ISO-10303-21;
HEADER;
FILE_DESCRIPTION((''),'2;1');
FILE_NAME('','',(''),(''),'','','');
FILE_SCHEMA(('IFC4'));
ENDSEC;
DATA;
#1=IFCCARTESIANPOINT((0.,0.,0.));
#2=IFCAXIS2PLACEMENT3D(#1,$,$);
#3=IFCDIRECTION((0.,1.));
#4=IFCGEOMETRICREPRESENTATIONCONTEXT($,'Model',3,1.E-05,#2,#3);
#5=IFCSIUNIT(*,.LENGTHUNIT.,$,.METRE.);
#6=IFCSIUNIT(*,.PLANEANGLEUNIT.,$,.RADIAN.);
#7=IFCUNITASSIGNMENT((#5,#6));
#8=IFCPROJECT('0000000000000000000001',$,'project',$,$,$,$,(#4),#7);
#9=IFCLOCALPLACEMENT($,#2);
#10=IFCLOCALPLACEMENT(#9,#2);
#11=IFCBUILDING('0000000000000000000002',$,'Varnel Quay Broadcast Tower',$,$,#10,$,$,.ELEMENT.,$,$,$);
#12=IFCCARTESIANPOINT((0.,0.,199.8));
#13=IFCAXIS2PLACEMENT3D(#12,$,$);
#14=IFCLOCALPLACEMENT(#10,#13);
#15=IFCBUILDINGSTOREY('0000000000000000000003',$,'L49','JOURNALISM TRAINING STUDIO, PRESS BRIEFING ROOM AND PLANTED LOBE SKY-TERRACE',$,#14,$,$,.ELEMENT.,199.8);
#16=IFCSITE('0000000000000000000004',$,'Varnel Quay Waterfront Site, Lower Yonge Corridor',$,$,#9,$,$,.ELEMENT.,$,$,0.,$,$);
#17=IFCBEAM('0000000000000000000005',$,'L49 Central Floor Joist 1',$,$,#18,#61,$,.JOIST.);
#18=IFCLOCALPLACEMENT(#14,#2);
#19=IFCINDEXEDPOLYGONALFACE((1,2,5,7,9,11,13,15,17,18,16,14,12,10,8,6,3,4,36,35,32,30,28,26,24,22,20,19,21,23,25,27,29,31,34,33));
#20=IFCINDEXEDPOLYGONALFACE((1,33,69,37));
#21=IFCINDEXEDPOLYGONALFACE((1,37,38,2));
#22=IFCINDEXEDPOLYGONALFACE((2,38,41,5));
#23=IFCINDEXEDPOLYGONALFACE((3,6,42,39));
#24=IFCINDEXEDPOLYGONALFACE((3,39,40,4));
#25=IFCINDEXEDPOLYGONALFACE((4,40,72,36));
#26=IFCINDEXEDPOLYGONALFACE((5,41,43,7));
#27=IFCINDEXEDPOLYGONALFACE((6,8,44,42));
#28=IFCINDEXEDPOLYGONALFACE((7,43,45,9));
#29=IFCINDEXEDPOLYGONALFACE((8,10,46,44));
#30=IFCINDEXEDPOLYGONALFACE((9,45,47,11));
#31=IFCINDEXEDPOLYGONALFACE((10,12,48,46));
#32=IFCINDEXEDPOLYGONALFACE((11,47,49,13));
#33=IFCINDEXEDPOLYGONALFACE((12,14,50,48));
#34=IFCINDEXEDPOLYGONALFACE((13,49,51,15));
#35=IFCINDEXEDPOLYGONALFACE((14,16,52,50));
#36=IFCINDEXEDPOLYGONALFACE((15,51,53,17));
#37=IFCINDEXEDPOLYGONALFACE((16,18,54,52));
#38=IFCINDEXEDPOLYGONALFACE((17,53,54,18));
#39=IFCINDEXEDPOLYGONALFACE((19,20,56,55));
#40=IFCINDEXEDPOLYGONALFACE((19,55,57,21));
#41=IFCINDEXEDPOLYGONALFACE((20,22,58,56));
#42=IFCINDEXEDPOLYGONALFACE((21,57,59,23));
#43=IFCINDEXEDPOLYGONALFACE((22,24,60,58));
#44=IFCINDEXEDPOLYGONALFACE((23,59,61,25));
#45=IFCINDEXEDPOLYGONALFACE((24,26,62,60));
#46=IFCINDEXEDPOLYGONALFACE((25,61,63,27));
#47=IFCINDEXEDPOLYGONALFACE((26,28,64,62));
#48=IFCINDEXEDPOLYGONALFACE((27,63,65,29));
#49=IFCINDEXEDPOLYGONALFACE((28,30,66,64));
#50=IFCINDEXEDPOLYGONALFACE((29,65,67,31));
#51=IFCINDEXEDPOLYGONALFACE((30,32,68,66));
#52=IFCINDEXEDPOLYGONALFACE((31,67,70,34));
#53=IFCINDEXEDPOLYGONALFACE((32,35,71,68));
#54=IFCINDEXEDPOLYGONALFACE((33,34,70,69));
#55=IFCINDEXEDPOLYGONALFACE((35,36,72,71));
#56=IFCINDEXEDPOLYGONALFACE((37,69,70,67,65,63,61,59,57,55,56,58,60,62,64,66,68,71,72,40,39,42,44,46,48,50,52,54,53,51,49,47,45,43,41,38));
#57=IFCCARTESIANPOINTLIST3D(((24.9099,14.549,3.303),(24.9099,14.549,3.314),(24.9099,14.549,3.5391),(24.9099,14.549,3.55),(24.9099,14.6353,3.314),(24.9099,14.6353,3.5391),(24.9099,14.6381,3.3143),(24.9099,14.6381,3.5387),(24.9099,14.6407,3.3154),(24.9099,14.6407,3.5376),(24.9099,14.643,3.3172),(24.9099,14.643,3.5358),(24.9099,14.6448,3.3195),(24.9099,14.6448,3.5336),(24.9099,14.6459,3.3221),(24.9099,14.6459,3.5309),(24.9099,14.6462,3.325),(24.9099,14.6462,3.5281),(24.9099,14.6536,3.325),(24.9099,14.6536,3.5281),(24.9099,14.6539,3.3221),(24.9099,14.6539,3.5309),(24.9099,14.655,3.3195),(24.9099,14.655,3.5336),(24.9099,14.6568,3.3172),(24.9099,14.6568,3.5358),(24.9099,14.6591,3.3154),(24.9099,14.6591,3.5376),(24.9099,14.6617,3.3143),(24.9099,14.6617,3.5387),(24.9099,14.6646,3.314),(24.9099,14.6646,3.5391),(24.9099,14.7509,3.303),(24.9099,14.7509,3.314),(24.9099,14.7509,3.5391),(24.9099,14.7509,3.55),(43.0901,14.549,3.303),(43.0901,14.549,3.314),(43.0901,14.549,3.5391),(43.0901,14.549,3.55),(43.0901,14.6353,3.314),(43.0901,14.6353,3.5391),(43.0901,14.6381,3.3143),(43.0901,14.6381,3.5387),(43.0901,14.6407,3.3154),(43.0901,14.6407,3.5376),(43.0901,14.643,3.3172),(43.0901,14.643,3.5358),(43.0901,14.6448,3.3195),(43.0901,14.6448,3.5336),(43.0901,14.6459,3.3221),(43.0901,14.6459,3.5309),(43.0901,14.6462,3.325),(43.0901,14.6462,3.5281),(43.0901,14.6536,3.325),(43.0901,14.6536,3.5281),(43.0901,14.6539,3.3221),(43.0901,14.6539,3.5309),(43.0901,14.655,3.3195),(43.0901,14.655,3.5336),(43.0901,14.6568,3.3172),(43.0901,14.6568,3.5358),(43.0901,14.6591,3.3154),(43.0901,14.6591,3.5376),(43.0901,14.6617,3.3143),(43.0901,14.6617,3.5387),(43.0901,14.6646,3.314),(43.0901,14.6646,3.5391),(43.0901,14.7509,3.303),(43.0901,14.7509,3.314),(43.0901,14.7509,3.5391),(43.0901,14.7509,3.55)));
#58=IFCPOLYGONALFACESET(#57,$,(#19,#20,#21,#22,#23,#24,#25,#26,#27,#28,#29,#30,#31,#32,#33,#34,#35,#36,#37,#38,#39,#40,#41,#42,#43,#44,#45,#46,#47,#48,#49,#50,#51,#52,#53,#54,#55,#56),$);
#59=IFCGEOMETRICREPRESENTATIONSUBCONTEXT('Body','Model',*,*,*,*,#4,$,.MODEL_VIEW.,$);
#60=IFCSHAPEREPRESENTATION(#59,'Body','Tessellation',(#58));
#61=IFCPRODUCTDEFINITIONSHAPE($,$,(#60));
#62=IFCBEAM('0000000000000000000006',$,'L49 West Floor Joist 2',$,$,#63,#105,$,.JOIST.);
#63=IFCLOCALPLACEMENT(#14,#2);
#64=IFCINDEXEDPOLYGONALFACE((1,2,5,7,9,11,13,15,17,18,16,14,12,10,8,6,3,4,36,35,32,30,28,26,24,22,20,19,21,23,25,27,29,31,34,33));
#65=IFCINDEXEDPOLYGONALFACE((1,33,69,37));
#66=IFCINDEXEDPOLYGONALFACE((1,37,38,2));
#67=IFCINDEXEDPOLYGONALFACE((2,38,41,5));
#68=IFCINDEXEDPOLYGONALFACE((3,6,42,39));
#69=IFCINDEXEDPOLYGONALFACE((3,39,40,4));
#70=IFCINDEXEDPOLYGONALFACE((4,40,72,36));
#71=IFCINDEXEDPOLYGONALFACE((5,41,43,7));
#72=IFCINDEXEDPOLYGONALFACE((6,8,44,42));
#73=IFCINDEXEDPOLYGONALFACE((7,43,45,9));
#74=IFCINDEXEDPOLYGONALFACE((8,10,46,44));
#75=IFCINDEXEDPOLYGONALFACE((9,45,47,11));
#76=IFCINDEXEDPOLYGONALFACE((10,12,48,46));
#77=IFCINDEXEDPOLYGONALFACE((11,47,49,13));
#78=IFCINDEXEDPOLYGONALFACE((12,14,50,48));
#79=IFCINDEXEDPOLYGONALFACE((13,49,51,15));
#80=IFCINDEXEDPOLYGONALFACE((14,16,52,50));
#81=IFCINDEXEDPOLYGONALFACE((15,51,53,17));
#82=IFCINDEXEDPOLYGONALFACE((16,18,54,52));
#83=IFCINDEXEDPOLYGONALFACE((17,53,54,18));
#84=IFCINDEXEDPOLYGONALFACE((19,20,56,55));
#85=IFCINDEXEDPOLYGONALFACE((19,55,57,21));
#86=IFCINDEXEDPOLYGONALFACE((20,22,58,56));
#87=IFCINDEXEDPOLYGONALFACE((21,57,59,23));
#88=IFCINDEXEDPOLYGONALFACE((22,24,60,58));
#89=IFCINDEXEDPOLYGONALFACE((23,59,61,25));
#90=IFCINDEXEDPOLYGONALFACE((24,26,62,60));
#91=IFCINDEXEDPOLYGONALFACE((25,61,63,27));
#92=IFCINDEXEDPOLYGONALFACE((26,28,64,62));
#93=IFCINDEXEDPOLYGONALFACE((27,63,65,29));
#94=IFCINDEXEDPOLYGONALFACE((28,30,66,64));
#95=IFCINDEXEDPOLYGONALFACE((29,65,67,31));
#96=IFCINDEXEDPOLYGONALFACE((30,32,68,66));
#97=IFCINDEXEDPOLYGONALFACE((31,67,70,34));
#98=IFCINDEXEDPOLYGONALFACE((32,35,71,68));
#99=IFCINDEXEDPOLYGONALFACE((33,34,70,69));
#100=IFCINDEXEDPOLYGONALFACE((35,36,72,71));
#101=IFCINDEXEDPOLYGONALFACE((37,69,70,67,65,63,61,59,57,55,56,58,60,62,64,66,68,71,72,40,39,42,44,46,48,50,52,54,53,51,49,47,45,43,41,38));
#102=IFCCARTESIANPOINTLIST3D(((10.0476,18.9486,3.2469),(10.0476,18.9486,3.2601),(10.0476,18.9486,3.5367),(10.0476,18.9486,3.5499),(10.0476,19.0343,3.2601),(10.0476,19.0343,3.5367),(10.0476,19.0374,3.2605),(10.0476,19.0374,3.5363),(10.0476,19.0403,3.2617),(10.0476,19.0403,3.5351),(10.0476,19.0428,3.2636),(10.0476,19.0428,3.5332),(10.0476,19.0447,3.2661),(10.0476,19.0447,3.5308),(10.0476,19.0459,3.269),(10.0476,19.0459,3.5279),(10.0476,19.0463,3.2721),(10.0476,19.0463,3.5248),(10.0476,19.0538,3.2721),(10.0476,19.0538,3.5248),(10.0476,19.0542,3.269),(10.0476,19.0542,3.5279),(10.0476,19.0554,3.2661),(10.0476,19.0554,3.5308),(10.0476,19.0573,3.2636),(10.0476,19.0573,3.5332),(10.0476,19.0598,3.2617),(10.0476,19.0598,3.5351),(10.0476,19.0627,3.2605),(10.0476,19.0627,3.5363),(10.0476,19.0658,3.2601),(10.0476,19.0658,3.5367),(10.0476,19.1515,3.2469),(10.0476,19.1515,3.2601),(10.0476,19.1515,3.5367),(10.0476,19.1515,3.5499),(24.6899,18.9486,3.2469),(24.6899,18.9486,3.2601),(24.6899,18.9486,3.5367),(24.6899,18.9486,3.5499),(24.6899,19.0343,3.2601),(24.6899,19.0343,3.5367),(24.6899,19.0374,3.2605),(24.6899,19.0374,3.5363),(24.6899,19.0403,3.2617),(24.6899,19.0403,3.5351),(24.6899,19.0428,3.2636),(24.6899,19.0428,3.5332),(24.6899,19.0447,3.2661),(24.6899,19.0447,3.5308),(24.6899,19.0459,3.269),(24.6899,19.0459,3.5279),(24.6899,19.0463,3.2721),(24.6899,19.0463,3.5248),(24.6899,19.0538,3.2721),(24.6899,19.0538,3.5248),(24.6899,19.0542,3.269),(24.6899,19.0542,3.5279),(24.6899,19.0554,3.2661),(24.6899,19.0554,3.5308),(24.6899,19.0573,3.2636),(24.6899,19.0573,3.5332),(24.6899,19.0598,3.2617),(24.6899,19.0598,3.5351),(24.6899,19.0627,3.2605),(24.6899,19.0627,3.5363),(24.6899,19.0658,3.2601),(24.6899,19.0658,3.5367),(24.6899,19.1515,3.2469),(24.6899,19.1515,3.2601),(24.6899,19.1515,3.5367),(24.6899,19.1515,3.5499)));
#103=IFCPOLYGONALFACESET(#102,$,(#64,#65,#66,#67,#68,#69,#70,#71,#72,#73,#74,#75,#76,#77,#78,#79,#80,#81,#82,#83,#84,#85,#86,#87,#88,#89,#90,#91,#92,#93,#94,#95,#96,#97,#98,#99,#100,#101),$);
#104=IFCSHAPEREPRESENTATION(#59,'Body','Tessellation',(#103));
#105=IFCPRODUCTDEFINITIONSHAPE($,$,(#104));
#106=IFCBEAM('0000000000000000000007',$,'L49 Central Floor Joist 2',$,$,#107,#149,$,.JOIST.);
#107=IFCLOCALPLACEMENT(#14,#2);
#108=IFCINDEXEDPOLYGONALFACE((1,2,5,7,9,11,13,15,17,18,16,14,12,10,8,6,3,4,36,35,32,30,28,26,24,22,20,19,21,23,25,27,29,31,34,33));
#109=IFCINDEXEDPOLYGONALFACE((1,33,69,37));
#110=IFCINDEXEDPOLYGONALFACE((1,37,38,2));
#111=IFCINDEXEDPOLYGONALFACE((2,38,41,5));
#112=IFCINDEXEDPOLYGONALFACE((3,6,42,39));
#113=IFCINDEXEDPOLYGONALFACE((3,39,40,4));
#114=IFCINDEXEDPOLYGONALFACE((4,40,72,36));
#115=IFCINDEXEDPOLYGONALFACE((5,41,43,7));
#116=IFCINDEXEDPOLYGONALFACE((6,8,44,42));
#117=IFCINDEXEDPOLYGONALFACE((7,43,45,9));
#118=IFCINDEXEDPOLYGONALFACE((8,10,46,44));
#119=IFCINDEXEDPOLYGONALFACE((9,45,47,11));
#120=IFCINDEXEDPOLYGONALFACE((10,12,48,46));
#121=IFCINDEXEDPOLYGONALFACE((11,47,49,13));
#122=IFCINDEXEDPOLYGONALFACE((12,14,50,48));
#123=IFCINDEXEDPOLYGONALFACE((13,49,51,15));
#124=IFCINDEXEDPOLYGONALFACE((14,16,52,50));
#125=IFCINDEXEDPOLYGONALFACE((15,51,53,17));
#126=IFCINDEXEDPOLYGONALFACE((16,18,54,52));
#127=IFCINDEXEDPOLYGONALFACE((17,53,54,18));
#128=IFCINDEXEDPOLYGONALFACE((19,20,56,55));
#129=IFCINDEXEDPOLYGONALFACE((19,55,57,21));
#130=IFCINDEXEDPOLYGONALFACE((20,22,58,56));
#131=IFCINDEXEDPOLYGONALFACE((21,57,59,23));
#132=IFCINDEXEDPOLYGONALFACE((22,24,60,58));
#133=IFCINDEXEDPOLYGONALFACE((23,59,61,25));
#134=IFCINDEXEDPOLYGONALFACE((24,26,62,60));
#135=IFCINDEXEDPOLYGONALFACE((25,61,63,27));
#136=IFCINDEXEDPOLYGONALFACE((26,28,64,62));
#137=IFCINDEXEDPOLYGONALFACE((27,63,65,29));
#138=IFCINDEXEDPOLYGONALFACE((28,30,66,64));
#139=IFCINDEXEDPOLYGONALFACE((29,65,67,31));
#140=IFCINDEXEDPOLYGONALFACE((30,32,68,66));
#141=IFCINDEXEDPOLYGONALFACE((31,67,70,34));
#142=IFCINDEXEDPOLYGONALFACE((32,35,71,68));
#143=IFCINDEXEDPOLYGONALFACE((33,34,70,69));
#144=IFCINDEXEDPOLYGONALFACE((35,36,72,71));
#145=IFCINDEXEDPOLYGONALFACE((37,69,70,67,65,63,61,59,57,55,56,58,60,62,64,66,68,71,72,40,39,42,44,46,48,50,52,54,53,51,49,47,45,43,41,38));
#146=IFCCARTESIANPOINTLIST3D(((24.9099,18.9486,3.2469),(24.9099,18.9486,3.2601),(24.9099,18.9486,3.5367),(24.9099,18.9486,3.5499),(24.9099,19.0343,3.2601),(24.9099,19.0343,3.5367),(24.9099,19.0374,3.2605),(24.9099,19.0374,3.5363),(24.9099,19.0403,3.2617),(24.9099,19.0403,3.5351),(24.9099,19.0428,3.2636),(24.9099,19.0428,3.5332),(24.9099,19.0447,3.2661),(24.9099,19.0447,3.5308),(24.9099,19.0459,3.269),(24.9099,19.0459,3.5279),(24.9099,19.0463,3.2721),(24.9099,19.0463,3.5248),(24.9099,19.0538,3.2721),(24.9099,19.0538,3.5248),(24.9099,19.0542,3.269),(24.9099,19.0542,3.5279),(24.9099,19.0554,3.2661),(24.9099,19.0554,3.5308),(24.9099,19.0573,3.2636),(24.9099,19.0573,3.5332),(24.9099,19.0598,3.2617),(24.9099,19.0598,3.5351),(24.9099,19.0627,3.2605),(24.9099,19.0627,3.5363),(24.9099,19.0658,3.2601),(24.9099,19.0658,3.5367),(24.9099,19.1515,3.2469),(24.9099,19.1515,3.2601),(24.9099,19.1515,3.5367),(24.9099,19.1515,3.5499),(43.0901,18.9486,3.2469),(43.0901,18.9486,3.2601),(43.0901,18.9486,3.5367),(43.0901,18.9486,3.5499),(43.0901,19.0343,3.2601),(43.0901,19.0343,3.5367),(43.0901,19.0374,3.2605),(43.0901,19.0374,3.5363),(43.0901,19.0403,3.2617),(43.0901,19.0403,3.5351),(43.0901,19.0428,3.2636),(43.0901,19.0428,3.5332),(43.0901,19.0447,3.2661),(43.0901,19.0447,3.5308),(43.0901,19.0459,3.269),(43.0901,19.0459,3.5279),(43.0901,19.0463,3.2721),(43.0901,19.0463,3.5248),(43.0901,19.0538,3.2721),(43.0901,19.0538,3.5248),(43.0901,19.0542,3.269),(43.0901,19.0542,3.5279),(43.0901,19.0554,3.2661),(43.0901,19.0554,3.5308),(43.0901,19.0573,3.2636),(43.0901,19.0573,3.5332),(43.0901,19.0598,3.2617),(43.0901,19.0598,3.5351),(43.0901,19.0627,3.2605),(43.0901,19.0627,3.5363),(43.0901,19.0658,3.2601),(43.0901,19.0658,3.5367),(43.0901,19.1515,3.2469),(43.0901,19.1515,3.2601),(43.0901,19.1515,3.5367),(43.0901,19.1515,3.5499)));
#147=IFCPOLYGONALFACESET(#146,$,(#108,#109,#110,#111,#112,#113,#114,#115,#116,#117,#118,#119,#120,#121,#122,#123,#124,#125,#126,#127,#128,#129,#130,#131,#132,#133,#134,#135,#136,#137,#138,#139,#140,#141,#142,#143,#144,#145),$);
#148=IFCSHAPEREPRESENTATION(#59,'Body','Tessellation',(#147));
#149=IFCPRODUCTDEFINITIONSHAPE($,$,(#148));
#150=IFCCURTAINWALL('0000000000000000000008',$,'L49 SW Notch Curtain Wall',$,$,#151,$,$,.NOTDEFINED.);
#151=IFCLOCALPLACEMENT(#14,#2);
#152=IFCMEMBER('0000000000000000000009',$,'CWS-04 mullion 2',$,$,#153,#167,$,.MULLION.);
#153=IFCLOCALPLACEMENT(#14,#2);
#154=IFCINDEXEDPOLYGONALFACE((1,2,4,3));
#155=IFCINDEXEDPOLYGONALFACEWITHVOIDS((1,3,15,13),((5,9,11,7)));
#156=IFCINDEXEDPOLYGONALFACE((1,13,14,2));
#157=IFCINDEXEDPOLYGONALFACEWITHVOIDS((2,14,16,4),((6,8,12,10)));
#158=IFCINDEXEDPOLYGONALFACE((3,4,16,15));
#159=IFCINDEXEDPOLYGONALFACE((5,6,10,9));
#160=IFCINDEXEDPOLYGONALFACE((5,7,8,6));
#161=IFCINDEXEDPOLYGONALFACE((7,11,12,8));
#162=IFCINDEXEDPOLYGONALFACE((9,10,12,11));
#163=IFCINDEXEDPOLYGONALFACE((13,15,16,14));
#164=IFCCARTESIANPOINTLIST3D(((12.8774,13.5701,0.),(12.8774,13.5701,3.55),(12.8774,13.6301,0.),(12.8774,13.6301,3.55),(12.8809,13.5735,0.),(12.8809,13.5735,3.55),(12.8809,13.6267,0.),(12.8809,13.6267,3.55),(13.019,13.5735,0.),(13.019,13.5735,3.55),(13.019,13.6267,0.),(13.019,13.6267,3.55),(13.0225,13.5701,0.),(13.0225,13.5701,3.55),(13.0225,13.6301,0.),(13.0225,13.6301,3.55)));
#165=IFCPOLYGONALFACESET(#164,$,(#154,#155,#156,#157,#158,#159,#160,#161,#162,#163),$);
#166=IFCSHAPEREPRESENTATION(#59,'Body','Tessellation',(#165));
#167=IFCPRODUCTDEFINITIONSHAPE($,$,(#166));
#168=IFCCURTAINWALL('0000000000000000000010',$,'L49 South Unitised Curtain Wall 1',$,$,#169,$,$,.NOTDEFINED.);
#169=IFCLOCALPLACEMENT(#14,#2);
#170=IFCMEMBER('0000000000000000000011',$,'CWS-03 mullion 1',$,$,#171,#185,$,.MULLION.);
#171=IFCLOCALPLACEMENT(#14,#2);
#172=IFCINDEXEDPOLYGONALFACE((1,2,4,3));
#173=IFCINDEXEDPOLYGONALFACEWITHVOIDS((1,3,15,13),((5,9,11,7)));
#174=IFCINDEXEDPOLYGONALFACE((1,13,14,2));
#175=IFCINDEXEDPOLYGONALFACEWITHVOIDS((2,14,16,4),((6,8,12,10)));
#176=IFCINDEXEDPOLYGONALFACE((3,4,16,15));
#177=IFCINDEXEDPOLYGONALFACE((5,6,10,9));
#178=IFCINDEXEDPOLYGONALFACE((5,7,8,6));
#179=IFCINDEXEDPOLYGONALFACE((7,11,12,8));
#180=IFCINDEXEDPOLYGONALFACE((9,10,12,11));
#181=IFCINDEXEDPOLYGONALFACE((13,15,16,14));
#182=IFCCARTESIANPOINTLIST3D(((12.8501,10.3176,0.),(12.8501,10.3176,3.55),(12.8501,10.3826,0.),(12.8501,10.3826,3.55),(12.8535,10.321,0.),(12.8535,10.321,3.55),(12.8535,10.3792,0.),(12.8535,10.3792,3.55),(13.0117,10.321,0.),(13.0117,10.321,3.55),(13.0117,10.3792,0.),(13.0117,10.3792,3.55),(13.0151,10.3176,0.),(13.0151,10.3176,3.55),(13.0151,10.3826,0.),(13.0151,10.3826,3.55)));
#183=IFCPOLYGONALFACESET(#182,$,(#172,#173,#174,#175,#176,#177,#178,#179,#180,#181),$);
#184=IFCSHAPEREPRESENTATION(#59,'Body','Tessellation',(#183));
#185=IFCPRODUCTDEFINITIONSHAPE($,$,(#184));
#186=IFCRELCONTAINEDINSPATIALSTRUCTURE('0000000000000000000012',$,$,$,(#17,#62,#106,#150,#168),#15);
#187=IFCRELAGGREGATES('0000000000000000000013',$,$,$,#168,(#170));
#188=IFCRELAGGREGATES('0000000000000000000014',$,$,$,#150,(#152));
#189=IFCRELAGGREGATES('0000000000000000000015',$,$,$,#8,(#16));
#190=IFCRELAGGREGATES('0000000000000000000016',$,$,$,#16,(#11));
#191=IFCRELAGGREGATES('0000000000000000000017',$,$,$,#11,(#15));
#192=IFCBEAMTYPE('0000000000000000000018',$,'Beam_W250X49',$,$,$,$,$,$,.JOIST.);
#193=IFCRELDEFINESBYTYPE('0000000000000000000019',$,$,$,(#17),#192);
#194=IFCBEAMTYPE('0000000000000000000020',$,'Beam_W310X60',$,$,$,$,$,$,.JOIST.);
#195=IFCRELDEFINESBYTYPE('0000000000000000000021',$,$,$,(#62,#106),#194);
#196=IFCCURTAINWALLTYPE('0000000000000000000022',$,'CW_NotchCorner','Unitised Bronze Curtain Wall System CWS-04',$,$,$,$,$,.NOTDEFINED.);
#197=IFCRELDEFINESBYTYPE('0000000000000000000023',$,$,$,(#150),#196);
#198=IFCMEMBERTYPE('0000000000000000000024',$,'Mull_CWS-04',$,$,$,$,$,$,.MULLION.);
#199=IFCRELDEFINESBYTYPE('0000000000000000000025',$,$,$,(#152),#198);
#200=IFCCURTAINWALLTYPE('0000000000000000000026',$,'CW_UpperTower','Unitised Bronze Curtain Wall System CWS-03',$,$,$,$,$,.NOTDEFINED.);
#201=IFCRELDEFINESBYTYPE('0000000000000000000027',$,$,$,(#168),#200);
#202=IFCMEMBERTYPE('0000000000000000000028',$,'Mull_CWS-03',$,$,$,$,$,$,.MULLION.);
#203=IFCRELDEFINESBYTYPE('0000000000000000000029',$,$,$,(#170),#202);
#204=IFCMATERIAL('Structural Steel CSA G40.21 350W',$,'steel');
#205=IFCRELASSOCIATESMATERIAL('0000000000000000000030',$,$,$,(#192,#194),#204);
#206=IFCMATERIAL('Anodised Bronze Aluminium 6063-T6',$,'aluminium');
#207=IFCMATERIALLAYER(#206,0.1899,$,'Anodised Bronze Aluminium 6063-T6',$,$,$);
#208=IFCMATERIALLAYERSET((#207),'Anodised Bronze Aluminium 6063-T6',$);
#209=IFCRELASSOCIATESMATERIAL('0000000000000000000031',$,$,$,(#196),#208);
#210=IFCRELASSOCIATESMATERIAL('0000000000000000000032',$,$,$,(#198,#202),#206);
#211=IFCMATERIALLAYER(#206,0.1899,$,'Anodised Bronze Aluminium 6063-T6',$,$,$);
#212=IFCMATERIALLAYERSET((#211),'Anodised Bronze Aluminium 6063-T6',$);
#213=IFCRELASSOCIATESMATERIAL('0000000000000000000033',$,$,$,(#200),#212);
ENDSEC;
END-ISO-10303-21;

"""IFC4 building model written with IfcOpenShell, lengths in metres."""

from ifc_helpers import new_model, si_unit, direction, frame, origin, origin_2d, place, context, subcontext, project, spatial, hollow_rectangle, i_section, extrude, source, transform, mapped, material, layer, layer_set, material_profile, profile_set, type_object, type_shapes, element, aggregate, save


model = new_model("IFC4")

# Units and contexts
model_context = context("Model", 3, precision=1e-05, world=origin(), true_north=direction((0.0, 1.0)))
body_context = subcontext(model_context, "Body", "Model", "MODEL_VIEW")
ifc_project = project(units=[si_unit("LENGTHUNIT", "METRE"), si_unit("PLANEANGLEUNIT", "RADIAN")], contexts=[model_context])

# Site, building, storey
site_placement = place(None, origin())
site = spatial("IfcSite", under=ifc_project, at=site_placement, Name="Varnel Quay Waterfront Site, Lower Yonge Corridor", CompositionType="ELEMENT", RefElevation=0.0)
building_placement = place(site_placement, origin())
building = spatial("IfcBuilding", under=site, at=building_placement, Name="Varnel Quay Broadcast Tower", CompositionType="ELEMENT")
storey_placement = place(building_placement, frame((0.0, 0.0, 199.8)))
storey = spatial("IfcBuildingStorey", under=building, at=storey_placement, Name="L49", Description="JOURNALISM TRAINING STUDIO, PRESS BRIEFING ROOM AND PLANTED LOBE SKY-TERRACE", CompositionType="ELEMENT", Elevation=199.8)

# Shared definitions
ifc_material_1 = material(Name="Structural Steel CSA G40.21 350W", Category="steel")

# Beams
ifc_material_profile_1 = material_profile(ifc_material_1, i_section(OverallWidth=0.2019, OverallDepth=0.2471, WebThickness=0.0073, FlangeThickness=0.011, FilletRadius=0.011, at=origin_2d()), Name="W250X49")
ifc_profile_set_1 = profile_set([ifc_material_profile_1], Name="Structural Steel CSA G40.21 350W")
beam_type_1 = type_object("IfcBeamType", Name="Beam_W250X49", PredefinedType="JOIST", material=ifc_profile_set_1)
shared_shape_1 = source(origin(), body_context, "Body", "SweptSolid", [
    extrude(i_section(OverallWidth=0.2019, OverallDepth=0.2471, WebThickness=0.0073, FlangeThickness=0.011, FilletRadius=0.011, at=origin_2d()), origin(), (0.0, 0.0, 1.0), 18.1802),
])
beam_1_placement = place(storey_placement, frame((24.9099, 14.6499, 3.4265), z_axis=(1.0, 0.0, 0.0), x_axis=(0.0, 1.0, 0.0)))
element("IfcBeam", 1, at=beam_1_placement, inside=storey, type_object=beam_type_1, Name="L49 Central Floor Joist 1", PredefinedType="JOIST", context=body_context, shape_type="MappedRepresentation", body=[
    mapped(shared_shape_1, transform((0.0, 0.0, 0.0), x_axis=(1.0, 0.0, 0.0), y_axis=(0.0, 1.0, 0.0), z_axis=(0.0, 0.0, 1.0), scale=1.0)),
])
ifc_material_profile_2 = material_profile(ifc_material_1, i_section(OverallWidth=0.2029, OverallDepth=0.303, WebThickness=0.0076, FlangeThickness=0.0132, FilletRadius=0.012, at=origin_2d()), Name="W310X60")
ifc_profile_set_2 = profile_set([ifc_material_profile_2], Name="Structural Steel CSA G40.21 350W")
beam_type_2 = type_object("IfcBeamType", Name="Beam_W310X60", PredefinedType="JOIST", material=ifc_profile_set_2)
shared_shape_2 = source(origin(), body_context, "Body", "SweptSolid", [
    extrude(i_section(OverallWidth=0.2029, OverallDepth=0.303, WebThickness=0.0076, FlangeThickness=0.0132, FilletRadius=0.012, at=origin_2d()), origin(), (0.0, 0.0, 1.0), 14.6423),
])
beam_2_placement = place(storey_placement, frame((10.0476, 19.05, 3.3984), z_axis=(1.0, 0.0, 0.0), x_axis=(0.0, 1.0, 0.0)))
element("IfcBeam", 2, at=beam_2_placement, inside=storey, type_object=beam_type_2, Name="L49 West Floor Joist 2", PredefinedType="JOIST", context=body_context, shape_type="MappedRepresentation", body=[
    mapped(shared_shape_2, transform((0.0, 0.0, 0.0), x_axis=(1.0, 0.0, 0.0), y_axis=(0.0, 1.0, 0.0), z_axis=(0.0, 0.0, 1.0), scale=1.0)),
])
shared_shape_3 = source(origin(), body_context, "Body", "SweptSolid", [
    extrude(i_section(OverallWidth=0.2029, OverallDepth=0.303, WebThickness=0.0076, FlangeThickness=0.0132, FilletRadius=0.012, at=origin_2d()), origin(), (0.0, 0.0, 1.0), 18.1802),
])
type_shapes(beam_type_2, [shared_shape_2, shared_shape_3])
beam_3_placement = place(storey_placement, frame((24.9099, 19.05, 3.3984), z_axis=(1.0, 0.0, 0.0), x_axis=(0.0, 1.0, 0.0)))
element("IfcBeam", 3, at=beam_3_placement, inside=storey, type_object=beam_type_2, Name="L49 Central Floor Joist 2", PredefinedType="JOIST", context=body_context, shape_type="MappedRepresentation", body=[
    mapped(shared_shape_3, transform((0.0, 0.0, 0.0), x_axis=(1.0, 0.0, 0.0), y_axis=(0.0, 1.0, 0.0), z_axis=(0.0, 0.0, 1.0), scale=1.0)),
])

# Curtain wall, member
ifc_material_2 = material(Name="Anodised Bronze Aluminium 6063-T6", Category="aluminium")
ifc_layer_1 = layer(ifc_material_2, 0.1899, Name="Anodised Bronze Aluminium 6063-T6")
ifc_layer_set_1 = layer_set([ifc_layer_1], Name="Anodised Bronze Aluminium 6063-T6")
curtain_wall_type_1 = type_object("IfcCurtainWallType", Name="CW_NotchCorner", Description="Unitised Bronze Curtain Wall System CWS-04", PredefinedType="NOTDEFINED", material=ifc_layer_set_1)
curtain_wall_1_placement = place(storey_placement, origin())
curtain_wall_1 = element("IfcCurtainWall", 4, at=curtain_wall_1_placement, inside=storey, type_object=curtain_wall_type_1, Name="L49 SW Notch Curtain Wall", PredefinedType="NOTDEFINED")
ifc_material_profile_3 = material_profile(ifc_material_2, hollow_rectangle(XDim=0.0601, YDim=0.145, WallThickness=0.0034, at=origin_2d()), Name="ALU60X145X3.5")
ifc_profile_set_3 = profile_set([ifc_material_profile_3], Name="Anodised Bronze Aluminium 6063-T6")
member_type_1 = type_object("IfcMemberType", Name="Mull_CWS-04", PredefinedType="MULLION", material=ifc_profile_set_3)
shared_shape_4 = source(origin(), body_context, "Body", "SweptSolid", [
    extrude(hollow_rectangle(XDim=0.0601, YDim=0.145, WallThickness=0.0034, at=origin_2d()), origin(), (0.0, 0.0, 1.0), 3.55),
])
type_shapes(member_type_1, [shared_shape_4])
member_1_placement = place(storey_placement, frame((12.95, 13.6001, 0.0), z_axis=(0.0, 0.0, 1.0), x_axis=(0.0, 1.0, 0.0)))
member_1 = element("IfcMember", 5, at=member_1_placement, type_object=member_type_1, Name="CWS-04 mullion 2", PredefinedType="MULLION", context=body_context, shape_type="MappedRepresentation", body=[
    mapped(shared_shape_4, transform((0.0, 0.0, 0.0), x_axis=(1.0, 0.0, 0.0), y_axis=(0.0, 1.0, 0.0), z_axis=(0.0, 0.0, 1.0), scale=1.0)),
])

# Curtain wall, member
ifc_layer_2 = layer(ifc_material_2, 0.1899, Name="Anodised Bronze Aluminium 6063-T6")
ifc_layer_set_2 = layer_set([ifc_layer_2], Name="Anodised Bronze Aluminium 6063-T6")
curtain_wall_type_2 = type_object("IfcCurtainWallType", Name="CW_UpperTower", Description="Unitised Bronze Curtain Wall System CWS-03", PredefinedType="NOTDEFINED", material=ifc_layer_set_2)
curtain_wall_2_placement = place(storey_placement, origin())
curtain_wall_2 = element("IfcCurtainWall", 6, at=curtain_wall_2_placement, inside=storey, type_object=curtain_wall_type_2, Name="L49 South Unitised Curtain Wall 1", PredefinedType="NOTDEFINED")
ifc_material_profile_4 = material_profile(ifc_material_2, hollow_rectangle(XDim=0.0649, YDim=0.165, WallThickness=0.0034, at=origin_2d()), Name="ALU65X165X3.5")
ifc_profile_set_4 = profile_set([ifc_material_profile_4], Name="Anodised Bronze Aluminium 6063-T6")
member_type_2 = type_object("IfcMemberType", Name="Mull_CWS-03", PredefinedType="MULLION", material=ifc_profile_set_4)
shared_shape_5 = source(origin(), body_context, "Body", "SweptSolid", [
    extrude(hollow_rectangle(XDim=0.0649, YDim=0.165, WallThickness=0.0034, at=origin_2d()), origin(), (0.0, 0.0, 1.0), 3.55),
])
type_shapes(member_type_2, [shared_shape_5])
member_2_placement = place(storey_placement, frame((12.9326, 10.3501, 0.0), z_axis=(0.0, 0.0, 1.0), x_axis=(0.0, 1.0, 0.0)))
member_2 = element("IfcMember", 7, at=member_2_placement, type_object=member_type_2, Name="CWS-03 mullion 1", PredefinedType="MULLION", context=body_context, shape_type="MappedRepresentation", body=[
    mapped(shared_shape_5, transform((0.0, 0.0, 0.0), x_axis=(1.0, 0.0, 0.0), y_axis=(0.0, 1.0, 0.0), z_axis=(0.0, 0.0, 1.0), scale=1.0)),
])

aggregate(curtain_wall_2, [member_2])
aggregate(curtain_wall_1, [member_1])

save(model, "model.ifc")
